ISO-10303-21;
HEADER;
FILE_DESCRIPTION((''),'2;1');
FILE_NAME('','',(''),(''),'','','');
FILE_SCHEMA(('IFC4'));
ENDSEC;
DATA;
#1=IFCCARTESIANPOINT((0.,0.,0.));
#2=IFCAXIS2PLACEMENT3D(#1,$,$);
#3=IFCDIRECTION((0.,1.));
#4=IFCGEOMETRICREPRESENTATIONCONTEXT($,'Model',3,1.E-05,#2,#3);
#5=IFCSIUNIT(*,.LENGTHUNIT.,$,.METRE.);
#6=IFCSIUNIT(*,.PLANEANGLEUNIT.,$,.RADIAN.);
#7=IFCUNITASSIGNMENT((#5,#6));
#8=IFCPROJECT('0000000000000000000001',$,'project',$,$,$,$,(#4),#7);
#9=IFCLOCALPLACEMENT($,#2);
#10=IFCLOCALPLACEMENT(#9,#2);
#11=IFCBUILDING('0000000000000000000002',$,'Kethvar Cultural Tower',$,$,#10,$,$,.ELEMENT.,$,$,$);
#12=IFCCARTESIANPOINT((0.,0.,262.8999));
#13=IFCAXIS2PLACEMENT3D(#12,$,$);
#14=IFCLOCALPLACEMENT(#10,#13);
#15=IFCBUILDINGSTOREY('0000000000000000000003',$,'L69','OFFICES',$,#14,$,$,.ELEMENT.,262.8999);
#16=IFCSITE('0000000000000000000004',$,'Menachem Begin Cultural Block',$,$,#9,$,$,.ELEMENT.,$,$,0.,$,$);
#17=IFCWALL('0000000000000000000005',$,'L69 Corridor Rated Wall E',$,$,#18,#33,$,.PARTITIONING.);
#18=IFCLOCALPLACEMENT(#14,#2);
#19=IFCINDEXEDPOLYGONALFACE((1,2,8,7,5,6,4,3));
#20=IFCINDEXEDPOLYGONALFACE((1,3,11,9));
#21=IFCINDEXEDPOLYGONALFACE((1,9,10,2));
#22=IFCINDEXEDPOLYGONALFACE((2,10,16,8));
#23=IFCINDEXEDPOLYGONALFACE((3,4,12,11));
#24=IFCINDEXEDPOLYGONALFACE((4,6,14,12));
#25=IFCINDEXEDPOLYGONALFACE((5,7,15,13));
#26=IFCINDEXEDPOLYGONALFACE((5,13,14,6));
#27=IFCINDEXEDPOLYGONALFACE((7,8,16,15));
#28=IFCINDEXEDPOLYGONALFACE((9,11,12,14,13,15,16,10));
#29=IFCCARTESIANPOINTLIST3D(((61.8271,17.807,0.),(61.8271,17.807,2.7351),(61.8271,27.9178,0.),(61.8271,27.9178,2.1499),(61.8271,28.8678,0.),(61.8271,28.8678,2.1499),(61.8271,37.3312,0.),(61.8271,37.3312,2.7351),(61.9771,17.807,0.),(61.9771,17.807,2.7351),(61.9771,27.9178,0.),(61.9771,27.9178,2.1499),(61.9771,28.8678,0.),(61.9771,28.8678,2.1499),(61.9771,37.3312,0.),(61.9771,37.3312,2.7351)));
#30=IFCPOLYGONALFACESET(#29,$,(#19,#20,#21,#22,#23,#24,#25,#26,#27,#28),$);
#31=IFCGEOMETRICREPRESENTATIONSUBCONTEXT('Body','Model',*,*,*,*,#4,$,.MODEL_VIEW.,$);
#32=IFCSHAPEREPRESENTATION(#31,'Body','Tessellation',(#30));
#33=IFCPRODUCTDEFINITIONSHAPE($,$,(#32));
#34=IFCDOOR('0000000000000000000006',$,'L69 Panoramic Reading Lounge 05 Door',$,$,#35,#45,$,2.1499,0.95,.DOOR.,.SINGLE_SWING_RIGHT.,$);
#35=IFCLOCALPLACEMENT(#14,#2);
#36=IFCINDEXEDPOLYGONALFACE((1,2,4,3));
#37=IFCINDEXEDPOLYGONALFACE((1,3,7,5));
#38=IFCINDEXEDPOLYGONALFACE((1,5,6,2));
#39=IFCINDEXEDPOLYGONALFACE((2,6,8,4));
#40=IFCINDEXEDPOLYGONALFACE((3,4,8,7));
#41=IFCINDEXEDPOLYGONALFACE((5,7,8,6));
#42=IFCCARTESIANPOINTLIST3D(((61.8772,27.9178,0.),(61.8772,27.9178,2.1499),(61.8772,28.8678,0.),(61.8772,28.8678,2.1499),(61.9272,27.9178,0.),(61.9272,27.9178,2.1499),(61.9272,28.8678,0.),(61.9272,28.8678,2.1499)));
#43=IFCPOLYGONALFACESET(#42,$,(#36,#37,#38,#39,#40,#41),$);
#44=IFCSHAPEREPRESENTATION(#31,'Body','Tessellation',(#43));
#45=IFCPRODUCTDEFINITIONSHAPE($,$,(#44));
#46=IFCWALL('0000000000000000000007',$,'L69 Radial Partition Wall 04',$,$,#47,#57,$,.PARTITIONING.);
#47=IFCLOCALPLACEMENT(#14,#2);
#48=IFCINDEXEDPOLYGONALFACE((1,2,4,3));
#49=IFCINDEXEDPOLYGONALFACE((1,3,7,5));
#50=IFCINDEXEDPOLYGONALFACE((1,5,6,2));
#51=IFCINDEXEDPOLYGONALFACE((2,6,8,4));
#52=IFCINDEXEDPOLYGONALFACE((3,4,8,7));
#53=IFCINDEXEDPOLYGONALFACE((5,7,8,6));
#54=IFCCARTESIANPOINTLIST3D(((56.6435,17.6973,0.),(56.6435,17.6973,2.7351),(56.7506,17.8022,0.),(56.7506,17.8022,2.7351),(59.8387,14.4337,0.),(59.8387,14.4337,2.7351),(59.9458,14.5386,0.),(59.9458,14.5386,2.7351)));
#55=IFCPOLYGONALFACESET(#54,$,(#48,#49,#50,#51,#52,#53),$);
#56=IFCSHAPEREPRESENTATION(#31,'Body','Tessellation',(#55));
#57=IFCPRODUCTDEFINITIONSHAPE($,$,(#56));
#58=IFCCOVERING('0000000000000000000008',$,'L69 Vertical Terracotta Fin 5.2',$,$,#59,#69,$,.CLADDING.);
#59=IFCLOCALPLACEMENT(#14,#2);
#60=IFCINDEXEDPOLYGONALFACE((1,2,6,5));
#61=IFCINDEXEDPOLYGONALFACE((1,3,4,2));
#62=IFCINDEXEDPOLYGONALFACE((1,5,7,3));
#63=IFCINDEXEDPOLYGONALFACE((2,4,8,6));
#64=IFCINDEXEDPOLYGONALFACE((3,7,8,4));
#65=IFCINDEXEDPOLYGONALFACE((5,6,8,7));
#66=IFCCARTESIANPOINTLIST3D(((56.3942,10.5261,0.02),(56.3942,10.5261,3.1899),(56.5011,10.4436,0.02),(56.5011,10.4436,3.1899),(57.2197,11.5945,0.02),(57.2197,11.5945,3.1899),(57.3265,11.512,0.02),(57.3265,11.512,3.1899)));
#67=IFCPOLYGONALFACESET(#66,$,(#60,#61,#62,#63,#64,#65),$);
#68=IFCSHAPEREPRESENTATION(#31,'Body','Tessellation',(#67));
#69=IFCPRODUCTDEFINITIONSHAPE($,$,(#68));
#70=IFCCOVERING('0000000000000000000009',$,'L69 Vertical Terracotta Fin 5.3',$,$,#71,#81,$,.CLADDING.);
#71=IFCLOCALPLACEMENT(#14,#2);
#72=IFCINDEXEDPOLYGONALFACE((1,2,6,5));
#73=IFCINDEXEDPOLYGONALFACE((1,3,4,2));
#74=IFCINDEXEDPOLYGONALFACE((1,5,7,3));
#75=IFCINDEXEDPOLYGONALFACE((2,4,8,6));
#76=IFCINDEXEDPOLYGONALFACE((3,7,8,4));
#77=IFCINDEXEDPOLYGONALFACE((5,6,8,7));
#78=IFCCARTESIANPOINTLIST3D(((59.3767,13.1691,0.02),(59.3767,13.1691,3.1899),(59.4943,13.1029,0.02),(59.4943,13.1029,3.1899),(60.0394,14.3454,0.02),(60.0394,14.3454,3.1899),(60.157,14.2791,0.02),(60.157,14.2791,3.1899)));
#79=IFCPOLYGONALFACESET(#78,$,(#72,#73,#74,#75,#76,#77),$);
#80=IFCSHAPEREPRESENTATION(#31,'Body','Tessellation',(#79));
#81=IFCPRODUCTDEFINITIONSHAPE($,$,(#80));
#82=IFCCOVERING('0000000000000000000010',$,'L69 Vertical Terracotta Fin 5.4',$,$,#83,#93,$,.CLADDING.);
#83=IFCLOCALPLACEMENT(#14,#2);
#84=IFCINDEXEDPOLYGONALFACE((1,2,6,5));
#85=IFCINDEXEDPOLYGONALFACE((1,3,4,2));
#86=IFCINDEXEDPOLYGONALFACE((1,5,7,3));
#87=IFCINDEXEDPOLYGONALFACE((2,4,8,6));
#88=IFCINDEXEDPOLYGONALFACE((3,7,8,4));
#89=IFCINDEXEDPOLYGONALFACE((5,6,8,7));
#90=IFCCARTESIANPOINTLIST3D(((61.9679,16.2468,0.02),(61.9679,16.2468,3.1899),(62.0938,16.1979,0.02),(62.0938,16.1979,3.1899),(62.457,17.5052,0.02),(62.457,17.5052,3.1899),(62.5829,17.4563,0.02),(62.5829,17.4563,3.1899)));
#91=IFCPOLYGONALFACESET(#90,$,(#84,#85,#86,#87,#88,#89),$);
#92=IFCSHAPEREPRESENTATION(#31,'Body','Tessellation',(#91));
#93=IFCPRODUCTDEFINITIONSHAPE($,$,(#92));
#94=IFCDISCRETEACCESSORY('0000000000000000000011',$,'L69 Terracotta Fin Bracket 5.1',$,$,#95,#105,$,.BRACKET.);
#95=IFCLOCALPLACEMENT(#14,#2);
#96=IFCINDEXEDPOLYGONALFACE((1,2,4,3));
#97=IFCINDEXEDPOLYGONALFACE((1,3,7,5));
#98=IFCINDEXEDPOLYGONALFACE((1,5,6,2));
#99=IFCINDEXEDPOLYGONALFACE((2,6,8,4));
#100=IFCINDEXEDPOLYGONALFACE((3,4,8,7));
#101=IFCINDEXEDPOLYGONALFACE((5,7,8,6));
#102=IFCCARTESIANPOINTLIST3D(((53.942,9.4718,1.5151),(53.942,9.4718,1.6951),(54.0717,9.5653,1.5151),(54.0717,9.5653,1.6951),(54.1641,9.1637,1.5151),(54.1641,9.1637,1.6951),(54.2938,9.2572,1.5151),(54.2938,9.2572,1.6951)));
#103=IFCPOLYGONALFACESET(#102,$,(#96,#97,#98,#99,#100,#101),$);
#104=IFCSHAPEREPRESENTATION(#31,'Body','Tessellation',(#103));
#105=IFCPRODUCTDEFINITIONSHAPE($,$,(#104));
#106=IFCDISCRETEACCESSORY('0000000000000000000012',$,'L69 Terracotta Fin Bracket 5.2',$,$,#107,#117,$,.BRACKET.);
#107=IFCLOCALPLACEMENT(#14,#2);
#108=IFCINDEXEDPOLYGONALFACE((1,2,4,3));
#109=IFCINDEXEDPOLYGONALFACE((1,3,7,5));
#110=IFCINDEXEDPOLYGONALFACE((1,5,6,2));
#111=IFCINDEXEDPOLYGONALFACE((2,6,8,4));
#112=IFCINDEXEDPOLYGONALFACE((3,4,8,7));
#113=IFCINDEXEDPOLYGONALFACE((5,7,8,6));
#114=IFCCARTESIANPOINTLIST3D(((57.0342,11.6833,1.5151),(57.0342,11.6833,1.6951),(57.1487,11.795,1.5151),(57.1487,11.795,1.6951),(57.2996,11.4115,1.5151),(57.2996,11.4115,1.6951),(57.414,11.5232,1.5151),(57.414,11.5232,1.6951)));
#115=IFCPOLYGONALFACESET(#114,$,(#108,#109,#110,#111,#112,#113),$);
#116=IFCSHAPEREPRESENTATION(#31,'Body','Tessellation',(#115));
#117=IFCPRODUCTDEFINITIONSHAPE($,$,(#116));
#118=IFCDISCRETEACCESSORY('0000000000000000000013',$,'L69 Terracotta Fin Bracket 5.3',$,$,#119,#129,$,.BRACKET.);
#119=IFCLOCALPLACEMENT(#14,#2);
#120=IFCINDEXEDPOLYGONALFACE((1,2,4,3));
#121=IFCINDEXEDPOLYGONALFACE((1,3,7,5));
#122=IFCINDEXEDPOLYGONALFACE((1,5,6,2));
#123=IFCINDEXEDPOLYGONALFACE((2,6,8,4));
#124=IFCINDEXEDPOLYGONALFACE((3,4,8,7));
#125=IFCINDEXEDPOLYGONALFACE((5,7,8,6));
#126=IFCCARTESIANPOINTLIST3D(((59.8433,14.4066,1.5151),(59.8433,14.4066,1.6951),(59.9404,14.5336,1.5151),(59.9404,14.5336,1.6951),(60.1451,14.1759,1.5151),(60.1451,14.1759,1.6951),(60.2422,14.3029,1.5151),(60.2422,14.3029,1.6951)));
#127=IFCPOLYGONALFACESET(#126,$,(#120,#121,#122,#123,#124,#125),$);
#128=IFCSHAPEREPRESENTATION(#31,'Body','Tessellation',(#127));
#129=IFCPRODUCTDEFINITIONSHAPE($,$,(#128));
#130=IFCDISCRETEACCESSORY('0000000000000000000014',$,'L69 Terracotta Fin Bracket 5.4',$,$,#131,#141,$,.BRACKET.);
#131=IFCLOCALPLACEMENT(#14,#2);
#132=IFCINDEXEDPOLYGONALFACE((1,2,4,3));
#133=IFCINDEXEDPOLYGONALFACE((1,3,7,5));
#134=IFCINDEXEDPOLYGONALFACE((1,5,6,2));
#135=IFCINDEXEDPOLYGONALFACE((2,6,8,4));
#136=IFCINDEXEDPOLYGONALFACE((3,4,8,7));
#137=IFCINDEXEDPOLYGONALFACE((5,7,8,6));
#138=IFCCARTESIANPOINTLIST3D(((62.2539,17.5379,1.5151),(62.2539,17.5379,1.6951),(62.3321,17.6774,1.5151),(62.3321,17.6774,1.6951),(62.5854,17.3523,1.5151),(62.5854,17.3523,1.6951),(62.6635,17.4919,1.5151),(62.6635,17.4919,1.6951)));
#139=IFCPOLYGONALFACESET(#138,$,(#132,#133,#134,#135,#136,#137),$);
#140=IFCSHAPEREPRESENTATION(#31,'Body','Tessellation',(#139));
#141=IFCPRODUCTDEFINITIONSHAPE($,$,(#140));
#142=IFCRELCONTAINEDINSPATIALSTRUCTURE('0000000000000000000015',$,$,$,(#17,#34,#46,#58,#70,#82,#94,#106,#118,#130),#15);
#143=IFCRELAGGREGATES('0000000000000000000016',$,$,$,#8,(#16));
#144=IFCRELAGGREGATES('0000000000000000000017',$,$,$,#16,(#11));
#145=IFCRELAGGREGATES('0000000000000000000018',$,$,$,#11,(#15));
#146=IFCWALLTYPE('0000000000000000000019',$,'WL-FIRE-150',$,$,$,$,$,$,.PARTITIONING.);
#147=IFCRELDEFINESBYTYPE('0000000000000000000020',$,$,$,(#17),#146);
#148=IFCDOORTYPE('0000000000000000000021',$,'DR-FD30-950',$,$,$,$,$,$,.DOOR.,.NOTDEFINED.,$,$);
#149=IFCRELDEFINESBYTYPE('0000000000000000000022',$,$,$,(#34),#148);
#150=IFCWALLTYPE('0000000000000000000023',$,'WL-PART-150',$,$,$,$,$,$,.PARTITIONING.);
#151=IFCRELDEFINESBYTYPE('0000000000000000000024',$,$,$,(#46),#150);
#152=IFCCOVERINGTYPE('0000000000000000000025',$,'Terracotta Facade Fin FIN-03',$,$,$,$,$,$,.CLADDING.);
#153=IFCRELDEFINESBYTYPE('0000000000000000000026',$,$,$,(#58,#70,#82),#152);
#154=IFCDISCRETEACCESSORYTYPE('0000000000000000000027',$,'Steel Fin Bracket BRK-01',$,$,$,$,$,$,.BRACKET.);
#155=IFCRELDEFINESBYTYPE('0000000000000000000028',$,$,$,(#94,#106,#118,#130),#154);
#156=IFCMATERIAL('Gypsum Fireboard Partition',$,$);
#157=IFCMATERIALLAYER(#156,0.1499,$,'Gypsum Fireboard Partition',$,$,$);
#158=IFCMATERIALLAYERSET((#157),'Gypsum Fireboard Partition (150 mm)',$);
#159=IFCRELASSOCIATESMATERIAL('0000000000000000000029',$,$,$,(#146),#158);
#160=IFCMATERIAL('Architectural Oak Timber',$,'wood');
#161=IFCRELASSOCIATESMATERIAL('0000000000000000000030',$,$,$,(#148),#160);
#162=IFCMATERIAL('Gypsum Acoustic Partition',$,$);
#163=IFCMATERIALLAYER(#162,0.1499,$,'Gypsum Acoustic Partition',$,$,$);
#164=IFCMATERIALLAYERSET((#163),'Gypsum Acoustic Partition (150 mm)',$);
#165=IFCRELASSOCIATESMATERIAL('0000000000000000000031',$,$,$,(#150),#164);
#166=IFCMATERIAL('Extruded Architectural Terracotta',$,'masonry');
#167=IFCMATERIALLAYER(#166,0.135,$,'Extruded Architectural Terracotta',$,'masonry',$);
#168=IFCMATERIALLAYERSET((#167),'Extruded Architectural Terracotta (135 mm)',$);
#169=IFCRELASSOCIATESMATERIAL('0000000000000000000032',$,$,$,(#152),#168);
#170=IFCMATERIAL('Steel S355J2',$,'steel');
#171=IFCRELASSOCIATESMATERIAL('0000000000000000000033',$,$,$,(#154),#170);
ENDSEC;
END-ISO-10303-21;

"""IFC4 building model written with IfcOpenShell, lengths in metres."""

from ifc_helpers import new_model, si_unit, direction, frame, frame_2d, origin, origin_2d, place, context, subcontext, project, spatial, rectangle, extrude, source, transform, mapped, material, layer, layer_set, type_object, element, fill, save


model = new_model("IFC4")

# Units and contexts
model_context = context("Model", 3, precision=1e-05, world=origin(), true_north=direction((0.0, 1.0)))
body_context = subcontext(model_context, "Body", "Model", "MODEL_VIEW")
ifc_project = project(units=[si_unit("LENGTHUNIT", "METRE"), si_unit("PLANEANGLEUNIT", "RADIAN")], contexts=[model_context])

# Site, building, storey
site_placement = place(None, origin())
site = spatial("IfcSite", under=ifc_project, at=site_placement, Name="Menachem Begin Cultural Block", CompositionType="ELEMENT", RefElevation=0.0)
building_placement = place(site_placement, origin())
building = spatial("IfcBuilding", under=site, at=building_placement, Name="Kethvar Cultural Tower", CompositionType="ELEMENT")
storey_placement = place(building_placement, frame((0.0, 0.0, 262.8999)))
storey = spatial("IfcBuildingStorey", under=building, at=storey_placement, Name="L69", Description="OFFICES", CompositionType="ELEMENT", Elevation=262.8999)

# Shared definitions
ifc_material_1 = material(Name="Steel S355J2", Category="steel")

# Wall, opening, door
ifc_material_2 = material(Name="Gypsum Fireboard Partition")
ifc_layer_1 = layer(ifc_material_2, 0.1499, Name="Gypsum Fireboard Partition")
ifc_layer_set_1 = layer_set([ifc_layer_1], Name="Gypsum Fireboard Partition (150 mm)")
wall_type_1 = type_object("IfcWallType", Name="WL-FIRE-150", PredefinedType="PARTITIONING", material=ifc_layer_set_1)
wall_1_placement = place(storey_placement, frame((61.9021, 17.8069, 0.0), z_axis=(0.0, 0.0, 1.0), x_axis=(0.0, 1.0, 0.0)))
wall_1 = element("IfcWall", 1, at=wall_1_placement, inside=storey, type_object=wall_type_1, Name="L69 Corridor Rated Wall E", PredefinedType="PARTITIONING", context=body_context, shape_type="SweptSolid", body=[
    extrude(rectangle(XDim=19.5242, YDim=0.1499, at=frame_2d((9.7622, 0.0))), origin(), (0.0, 0.0, 1.0), 2.7351),
])
opening_placement = place(wall_1_placement, frame((10.1108, 0.0, 0.0)))
opening = element("IfcOpeningElement", 2, at=opening_placement, cuts=wall_1, PredefinedType="OPENING", context=body_context, shape_type="SweptSolid", body=[
    extrude(rectangle(XDim=0.95, YDim=2.1499, at=frame_2d((0.4751, 1.075))), frame((0.0, 0.085, 0.0), z_axis=(0.0, -1.0, 0.0), x_axis=(1.0, 0.0, 0.0)), (0.0, 0.0, 1.0), 0.1699),
])
ifc_material_3 = material(Name="Architectural Oak Timber", Category="wood")
door_type = type_object("IfcDoorType", Name="DR-FD30-950", OperationType="NOTDEFINED", PredefinedType="DOOR", material=ifc_material_3)
shared_shape_1 = source(origin(), body_context, "Body", "SweptSolid", [
    extrude(rectangle(XDim=0.95, YDim=2.1499, at=frame_2d((0.4751, 1.075))), frame((0.0, 0.0249, 0.0), z_axis=(0.0, -1.0, 0.0), x_axis=(1.0, 0.0, 0.0)), (0.0, 0.0, 1.0), 0.05),
])
door_placement = place(opening_placement, origin())
door = element("IfcDoor", 3, at=door_placement, inside=storey, type_object=door_type, Name="L69 Panoramic Reading Lounge 05 Door", OperationType="SINGLE_SWING_RIGHT", OverallHeight=2.1499, OverallWidth=0.95, PredefinedType="DOOR", context=body_context, shape_type="MappedRepresentation", body=[
    mapped(shared_shape_1, transform((0.0, 0.0, 0.0), scale=1.0)),
])
fill(opening, door)

# Wall
ifc_material_4 = material(Name="Gypsum Acoustic Partition")
ifc_layer_2 = layer(ifc_material_4, 0.1499, Name="Gypsum Acoustic Partition")
ifc_layer_set_2 = layer_set([ifc_layer_2], Name="Gypsum Acoustic Partition (150 mm)")
wall_type_2 = type_object("IfcWallType", Name="WL-PART-150", PredefinedType="PARTITIONING", material=ifc_layer_set_2)
wall_2_placement = place(storey_placement, frame((56.697, 17.7498, 0.0), z_axis=(0.0, 0.0, 1.0), x_axis=(0.699584, -0.714551, 0.0)))
element("IfcWall", 4, at=wall_2_placement, inside=storey, type_object=wall_type_2, Name="L69 Radial Partition Wall 04", PredefinedType="PARTITIONING", context=body_context, shape_type="SweptSolid", body=[
    extrude(rectangle(XDim=4.5674, YDim=0.1499, at=frame_2d((2.2837, 0.0))), origin(), (0.0, 0.0, 1.0), 2.7351),
])

# Coverings
ifc_material_5 = material(Name="Extruded Architectural Terracotta", Category="masonry")
ifc_layer_3 = layer(ifc_material_5, 0.135, Name="Extruded Architectural Terracotta", Category="masonry")
ifc_layer_set_3 = layer_set([ifc_layer_3], Name="Extruded Architectural Terracotta (135 mm)")
covering_type = type_object("IfcCoveringType", Name="Terracotta Facade Fin FIN-03", PredefinedType="CLADDING", material=ifc_layer_set_3)
shared_shape_2 = source(origin(), body_context, "Body", "SweptSolid", [
    extrude(rectangle(XDim=1.3501, YDim=0.135, at=origin_2d()), origin(), (0.0, 0.0, 1.0), 3.1699),
])
for number, where, z_axis, x_axis, name in (
    (5, (56.8604, 11.019, 0.02), (0.0, 0.0, 1.0), (-0.611389, -0.79133, 0.0), "L69 Vertical Terracotta Fin 5.2"),
    (6, (59.7668, 13.7241, 0.02), (0.0, 0.0, 1.0), (-0.490904, -0.871214, 0.0), "L69 Vertical Terracotta Fin 5.3"),
    (7, (62.2754, 16.8516, 0.02), (0.0, 0.0, 1.0), (-0.362275, -0.932071, 0.0), "L69 Vertical Terracotta Fin 5.4"),
):
    element("IfcCovering", number, at=place(storey_placement, frame(where, z_axis=z_axis, x_axis=x_axis)), inside=storey, type_object=covering_type, Name=name, PredefinedType="CLADDING", context=body_context, shape_type="MappedRepresentation", body=[
        mapped(shared_shape_2, transform((0.0, 0.0, 0.0), scale=1.0)),
    ])

# Discrete accessories
discrete_accessory_type = type_object("IfcDiscreteAccessoryType", Name="Steel Fin Bracket BRK-01", PredefinedType="BRACKET", material=ifc_material_1)
shared_shape_3 = source(origin(), body_context, "Body", "SweptSolid", [
    extrude(rectangle(XDim=0.3799, YDim=0.1599, at=origin_2d()), origin(), (0.0, 0.0, 1.0), 0.1799),
])
for number, where, z_axis, x_axis, name in (
    (8, (54.1179, 9.3645, 1.5151), (0.0, 0.0, 1.0), (0.584675, -0.811268, 0.0), "L69 Terracotta Fin Bracket 5.1"),
    (9, (57.2241, 11.6033, 1.5151), (0.0, 0.0, 1.0), (0.69854, -0.715571, 0.0), "L69 Terracotta Fin Bracket 5.2"),
    (10, (60.0427, 14.3547, 1.5151), (0.0, 0.0, 1.0), (0.794415, -0.607376, 0.0), "L69 Terracotta Fin Bracket 5.3"),
    (11, (62.4587, 17.5149, 1.5151), (0.0, 0.0, 1.0), (0.872581, -0.488469, 0.0), "L69 Terracotta Fin Bracket 5.4"),
):
    element("IfcDiscreteAccessory", number, at=place(storey_placement, frame(where, z_axis=z_axis, x_axis=x_axis)), inside=storey, type_object=discrete_accessory_type, Name=name, PredefinedType="BRACKET", context=body_context, shape_type="MappedRepresentation", body=[
        mapped(shared_shape_3, transform((0.0, 0.0, 0.0), scale=1.0)),
    ])

save(model, "model.ifc")
